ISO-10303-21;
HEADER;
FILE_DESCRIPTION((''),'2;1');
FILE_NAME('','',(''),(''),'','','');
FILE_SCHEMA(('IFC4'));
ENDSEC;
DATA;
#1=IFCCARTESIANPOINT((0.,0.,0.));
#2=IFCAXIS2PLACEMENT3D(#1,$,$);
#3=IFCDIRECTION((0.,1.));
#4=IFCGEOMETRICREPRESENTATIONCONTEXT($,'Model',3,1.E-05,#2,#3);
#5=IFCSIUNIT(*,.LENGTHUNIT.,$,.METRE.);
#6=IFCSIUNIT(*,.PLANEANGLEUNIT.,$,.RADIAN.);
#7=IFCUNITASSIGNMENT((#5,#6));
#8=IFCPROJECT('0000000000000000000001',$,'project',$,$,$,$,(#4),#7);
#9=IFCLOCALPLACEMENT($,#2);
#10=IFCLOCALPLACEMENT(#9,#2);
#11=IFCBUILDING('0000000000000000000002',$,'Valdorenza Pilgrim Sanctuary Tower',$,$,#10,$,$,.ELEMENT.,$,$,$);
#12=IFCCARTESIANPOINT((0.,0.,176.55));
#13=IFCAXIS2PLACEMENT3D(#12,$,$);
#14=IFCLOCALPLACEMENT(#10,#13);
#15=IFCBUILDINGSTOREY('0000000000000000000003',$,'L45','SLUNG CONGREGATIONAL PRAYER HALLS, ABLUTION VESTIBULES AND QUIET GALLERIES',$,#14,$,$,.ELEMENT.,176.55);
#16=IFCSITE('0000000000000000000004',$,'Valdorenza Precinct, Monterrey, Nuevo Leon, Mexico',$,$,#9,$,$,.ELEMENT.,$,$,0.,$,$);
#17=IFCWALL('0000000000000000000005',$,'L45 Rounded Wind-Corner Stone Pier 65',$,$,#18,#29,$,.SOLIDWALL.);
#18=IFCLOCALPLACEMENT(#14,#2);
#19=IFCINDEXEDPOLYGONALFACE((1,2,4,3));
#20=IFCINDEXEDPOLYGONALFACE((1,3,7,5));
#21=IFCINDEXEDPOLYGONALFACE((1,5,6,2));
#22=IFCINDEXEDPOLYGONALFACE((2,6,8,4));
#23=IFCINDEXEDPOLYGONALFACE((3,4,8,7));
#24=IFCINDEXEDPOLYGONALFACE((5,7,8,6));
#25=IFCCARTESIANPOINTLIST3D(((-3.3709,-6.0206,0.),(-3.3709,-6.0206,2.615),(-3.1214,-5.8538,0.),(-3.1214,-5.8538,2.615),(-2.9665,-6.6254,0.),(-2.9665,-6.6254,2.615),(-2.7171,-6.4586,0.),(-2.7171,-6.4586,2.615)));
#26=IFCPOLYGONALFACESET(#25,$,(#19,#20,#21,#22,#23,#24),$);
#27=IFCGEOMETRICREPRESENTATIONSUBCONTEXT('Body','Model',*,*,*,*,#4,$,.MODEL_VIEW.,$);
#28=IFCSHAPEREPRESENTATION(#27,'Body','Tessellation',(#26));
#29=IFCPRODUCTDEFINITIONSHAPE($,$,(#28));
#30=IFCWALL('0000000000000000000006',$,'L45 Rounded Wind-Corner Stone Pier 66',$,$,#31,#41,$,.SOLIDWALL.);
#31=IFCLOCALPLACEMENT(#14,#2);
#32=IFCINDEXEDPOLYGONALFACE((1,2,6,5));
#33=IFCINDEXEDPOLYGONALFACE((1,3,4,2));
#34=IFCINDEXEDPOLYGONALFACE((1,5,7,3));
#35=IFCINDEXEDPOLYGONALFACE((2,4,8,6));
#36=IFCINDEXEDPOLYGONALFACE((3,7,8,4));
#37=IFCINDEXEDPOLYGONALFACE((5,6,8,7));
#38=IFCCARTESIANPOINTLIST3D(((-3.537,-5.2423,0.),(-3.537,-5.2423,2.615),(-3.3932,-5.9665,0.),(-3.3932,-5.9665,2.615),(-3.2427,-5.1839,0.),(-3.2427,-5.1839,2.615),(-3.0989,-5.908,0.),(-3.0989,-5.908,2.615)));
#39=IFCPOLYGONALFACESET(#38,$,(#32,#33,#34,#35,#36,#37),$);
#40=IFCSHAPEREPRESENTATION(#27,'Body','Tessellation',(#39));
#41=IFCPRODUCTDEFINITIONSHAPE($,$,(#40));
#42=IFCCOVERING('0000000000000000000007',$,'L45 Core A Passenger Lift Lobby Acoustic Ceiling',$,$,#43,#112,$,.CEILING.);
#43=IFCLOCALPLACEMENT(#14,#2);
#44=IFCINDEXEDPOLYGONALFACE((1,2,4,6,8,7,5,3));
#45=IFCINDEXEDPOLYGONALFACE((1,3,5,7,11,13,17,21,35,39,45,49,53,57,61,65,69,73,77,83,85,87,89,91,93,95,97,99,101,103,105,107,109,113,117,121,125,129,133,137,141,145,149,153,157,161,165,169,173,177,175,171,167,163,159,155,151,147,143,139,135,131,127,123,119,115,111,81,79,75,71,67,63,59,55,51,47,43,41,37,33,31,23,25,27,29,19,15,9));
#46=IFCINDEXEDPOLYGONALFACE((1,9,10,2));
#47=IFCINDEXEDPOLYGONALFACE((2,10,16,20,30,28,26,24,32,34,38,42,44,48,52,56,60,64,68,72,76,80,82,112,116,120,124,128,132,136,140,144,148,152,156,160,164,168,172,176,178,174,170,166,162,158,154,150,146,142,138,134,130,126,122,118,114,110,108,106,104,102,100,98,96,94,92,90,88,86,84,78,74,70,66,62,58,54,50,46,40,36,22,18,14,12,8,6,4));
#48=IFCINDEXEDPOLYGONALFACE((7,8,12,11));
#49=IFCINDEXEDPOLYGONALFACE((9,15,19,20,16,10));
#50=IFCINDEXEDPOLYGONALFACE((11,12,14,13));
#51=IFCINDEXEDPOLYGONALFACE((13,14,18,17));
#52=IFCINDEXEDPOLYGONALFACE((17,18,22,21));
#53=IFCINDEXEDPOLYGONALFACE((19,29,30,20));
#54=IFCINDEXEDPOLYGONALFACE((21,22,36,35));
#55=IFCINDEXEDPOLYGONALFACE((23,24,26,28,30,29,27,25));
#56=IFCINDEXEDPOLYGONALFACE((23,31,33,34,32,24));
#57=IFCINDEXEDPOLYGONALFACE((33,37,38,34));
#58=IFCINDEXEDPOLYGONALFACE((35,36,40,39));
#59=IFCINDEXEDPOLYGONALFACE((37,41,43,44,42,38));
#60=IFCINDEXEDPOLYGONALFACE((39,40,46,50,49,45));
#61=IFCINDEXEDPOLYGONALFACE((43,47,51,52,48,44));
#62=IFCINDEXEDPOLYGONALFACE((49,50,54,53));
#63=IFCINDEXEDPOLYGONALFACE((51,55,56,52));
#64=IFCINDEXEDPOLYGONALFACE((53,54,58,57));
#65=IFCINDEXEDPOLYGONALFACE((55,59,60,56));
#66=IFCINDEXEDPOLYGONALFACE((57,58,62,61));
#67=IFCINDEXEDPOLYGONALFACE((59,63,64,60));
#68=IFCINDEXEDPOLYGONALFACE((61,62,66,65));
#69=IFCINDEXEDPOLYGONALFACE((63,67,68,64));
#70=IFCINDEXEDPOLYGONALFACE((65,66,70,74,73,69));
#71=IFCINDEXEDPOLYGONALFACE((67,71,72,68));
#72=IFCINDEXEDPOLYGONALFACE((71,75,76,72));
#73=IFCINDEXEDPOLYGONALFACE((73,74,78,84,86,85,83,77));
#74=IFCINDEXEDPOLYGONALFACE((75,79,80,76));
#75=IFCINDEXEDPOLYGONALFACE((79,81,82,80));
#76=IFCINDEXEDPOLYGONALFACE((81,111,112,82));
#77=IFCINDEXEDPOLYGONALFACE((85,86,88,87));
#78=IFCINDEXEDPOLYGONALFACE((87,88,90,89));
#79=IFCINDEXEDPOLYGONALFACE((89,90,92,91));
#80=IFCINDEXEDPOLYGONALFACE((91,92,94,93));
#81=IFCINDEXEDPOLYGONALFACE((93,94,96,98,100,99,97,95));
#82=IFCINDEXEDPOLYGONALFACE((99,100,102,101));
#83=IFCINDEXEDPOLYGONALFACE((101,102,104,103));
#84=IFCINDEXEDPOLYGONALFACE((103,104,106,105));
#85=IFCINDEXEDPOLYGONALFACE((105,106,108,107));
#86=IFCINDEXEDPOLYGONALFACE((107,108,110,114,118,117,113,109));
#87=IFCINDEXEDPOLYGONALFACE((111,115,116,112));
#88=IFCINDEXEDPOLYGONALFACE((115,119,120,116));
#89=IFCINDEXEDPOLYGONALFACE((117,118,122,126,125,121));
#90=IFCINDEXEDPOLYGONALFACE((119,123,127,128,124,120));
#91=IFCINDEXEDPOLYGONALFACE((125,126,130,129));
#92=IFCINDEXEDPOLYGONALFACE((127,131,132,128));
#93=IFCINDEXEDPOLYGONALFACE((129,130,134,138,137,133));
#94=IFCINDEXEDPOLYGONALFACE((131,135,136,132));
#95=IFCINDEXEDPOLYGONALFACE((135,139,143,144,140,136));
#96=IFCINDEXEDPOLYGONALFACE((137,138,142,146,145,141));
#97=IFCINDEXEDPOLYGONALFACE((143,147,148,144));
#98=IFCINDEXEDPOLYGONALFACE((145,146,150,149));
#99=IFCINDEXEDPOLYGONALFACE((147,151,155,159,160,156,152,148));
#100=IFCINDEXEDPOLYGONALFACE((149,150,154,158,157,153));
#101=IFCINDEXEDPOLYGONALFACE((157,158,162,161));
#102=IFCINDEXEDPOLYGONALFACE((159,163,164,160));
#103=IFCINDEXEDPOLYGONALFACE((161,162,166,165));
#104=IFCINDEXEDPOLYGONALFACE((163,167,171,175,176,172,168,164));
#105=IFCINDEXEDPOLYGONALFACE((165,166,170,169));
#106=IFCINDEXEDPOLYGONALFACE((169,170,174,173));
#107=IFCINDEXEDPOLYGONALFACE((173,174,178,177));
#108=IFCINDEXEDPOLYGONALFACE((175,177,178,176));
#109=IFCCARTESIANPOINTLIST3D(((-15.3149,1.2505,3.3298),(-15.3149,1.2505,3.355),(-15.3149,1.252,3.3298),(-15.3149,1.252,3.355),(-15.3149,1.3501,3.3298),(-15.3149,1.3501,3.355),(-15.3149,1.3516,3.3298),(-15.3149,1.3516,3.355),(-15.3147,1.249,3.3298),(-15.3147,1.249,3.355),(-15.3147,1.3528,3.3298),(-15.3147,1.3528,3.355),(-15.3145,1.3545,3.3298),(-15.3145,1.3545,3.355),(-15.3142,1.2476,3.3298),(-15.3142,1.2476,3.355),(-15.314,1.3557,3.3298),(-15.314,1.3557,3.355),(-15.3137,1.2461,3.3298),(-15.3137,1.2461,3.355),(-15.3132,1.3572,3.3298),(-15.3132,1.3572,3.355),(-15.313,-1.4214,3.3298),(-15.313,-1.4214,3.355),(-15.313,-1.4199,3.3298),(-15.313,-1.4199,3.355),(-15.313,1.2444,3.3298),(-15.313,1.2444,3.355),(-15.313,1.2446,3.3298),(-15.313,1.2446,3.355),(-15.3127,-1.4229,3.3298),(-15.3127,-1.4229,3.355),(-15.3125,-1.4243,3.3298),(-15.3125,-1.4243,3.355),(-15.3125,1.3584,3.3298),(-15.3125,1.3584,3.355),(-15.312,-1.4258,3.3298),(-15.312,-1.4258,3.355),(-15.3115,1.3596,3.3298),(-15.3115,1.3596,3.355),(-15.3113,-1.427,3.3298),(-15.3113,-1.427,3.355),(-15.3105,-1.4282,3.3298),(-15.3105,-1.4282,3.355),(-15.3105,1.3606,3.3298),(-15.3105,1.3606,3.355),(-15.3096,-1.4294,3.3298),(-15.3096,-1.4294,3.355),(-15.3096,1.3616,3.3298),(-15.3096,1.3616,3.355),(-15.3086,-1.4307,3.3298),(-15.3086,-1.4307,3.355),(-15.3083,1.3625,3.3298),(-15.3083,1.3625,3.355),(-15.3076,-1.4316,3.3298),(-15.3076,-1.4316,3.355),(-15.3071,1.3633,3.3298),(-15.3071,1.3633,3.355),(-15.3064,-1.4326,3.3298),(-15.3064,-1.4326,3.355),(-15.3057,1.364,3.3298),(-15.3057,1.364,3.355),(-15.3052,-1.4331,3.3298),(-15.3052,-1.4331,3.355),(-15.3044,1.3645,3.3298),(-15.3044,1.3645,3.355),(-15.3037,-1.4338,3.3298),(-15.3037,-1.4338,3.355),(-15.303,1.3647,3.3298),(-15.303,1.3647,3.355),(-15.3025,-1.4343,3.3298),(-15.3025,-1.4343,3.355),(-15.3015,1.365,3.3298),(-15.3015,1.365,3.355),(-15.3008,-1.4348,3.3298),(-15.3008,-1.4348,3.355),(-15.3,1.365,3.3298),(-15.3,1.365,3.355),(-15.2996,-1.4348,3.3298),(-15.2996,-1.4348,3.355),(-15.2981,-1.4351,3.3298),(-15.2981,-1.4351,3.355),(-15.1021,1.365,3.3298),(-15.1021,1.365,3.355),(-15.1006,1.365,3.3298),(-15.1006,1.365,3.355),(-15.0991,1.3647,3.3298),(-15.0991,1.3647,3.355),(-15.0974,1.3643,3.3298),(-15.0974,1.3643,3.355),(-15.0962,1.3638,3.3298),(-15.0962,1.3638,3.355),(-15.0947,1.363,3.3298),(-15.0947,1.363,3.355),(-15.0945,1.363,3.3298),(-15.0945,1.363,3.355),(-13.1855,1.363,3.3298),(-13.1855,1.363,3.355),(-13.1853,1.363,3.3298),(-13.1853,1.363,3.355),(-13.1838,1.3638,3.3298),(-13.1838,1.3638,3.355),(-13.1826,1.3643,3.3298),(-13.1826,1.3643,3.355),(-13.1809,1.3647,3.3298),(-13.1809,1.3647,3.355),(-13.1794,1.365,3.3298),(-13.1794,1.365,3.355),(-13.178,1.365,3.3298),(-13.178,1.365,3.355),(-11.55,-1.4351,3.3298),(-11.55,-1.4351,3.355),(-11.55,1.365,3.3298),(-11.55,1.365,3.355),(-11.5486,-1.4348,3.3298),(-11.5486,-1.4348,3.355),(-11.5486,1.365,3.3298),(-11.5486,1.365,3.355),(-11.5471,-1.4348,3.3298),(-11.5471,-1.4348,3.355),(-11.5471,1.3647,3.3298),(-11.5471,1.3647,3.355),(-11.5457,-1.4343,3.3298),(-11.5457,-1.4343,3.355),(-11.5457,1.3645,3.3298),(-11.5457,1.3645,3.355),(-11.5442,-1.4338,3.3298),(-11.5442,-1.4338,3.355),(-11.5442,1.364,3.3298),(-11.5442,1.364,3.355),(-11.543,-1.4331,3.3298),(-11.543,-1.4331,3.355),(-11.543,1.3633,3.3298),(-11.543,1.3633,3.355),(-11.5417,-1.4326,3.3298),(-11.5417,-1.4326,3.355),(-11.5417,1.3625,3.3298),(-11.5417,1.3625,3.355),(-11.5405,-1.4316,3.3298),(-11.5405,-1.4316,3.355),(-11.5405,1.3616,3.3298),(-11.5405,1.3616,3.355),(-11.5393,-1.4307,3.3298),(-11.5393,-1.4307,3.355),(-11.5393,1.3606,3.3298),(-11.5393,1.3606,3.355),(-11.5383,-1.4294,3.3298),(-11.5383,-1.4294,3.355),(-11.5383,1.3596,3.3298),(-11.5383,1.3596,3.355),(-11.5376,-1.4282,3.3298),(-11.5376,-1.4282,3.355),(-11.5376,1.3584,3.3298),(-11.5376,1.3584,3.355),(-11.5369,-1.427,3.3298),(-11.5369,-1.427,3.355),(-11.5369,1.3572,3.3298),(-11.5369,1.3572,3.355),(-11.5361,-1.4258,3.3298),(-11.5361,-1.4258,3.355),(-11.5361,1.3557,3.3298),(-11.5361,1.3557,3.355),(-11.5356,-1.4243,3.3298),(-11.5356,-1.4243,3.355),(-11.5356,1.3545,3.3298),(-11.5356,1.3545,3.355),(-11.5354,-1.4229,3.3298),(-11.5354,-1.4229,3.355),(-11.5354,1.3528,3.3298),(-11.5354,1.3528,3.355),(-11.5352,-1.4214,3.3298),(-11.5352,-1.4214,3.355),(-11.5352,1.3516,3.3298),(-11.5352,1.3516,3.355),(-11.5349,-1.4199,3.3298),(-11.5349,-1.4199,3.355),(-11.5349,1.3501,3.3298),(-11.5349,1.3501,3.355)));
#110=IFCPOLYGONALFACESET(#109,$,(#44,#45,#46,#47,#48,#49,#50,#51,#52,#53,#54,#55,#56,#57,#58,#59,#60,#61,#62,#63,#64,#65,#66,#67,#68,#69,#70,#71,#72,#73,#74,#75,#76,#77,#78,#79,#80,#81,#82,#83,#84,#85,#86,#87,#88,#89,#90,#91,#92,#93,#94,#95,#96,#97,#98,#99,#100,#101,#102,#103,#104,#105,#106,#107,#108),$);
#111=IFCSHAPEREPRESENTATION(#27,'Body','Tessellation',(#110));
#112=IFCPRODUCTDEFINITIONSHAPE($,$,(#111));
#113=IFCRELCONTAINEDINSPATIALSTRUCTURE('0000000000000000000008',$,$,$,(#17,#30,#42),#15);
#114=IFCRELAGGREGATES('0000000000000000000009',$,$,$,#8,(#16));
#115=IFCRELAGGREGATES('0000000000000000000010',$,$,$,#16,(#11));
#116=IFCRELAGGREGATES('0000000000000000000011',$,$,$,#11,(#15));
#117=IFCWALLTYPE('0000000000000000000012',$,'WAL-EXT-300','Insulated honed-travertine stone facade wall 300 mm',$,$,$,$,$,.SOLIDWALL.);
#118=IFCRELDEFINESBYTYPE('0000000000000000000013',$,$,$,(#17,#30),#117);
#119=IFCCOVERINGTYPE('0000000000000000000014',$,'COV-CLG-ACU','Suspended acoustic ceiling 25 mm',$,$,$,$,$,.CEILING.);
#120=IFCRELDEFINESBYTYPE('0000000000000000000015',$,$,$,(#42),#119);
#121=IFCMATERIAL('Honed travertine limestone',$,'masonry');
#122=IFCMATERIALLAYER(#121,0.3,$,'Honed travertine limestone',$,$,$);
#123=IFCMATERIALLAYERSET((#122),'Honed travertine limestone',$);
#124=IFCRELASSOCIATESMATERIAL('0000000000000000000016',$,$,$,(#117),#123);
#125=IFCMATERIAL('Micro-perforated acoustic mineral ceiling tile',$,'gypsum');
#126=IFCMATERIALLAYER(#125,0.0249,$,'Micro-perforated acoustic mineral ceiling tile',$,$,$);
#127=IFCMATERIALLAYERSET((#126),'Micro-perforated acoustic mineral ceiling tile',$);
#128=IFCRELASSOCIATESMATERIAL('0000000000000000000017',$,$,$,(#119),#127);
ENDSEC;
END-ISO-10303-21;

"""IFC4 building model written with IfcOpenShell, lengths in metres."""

from ifc_helpers import new_model, si_unit, direction, frame, frame_2d, origin, place, context, subcontext, project, spatial, polyline, rectangle, outline, extrude, material, layer, layer_set, type_object, element, save


model = new_model("IFC4")

# Units and contexts
model_context = context("Model", 3, precision=1e-05, world=origin(), true_north=direction((0.0, 1.0)))
body_context = subcontext(model_context, "Body", "Model", "MODEL_VIEW")
ifc_project = project(units=[si_unit("LENGTHUNIT", "METRE"), si_unit("PLANEANGLEUNIT", "RADIAN")], contexts=[model_context])

# Site, building, storey
site_placement = place(None, origin())
site = spatial("IfcSite", under=ifc_project, at=site_placement, Name="Valdorenza Precinct, Monterrey, Nuevo Leon, Mexico", CompositionType="ELEMENT", RefElevation=0.0)
building_placement = place(site_placement, origin())
building = spatial("IfcBuilding", under=site, at=building_placement, Name="Valdorenza Pilgrim Sanctuary Tower", CompositionType="ELEMENT")
storey_placement = place(building_placement, frame((0.0, 0.0, 176.55)))
storey = spatial("IfcBuildingStorey", under=building, at=storey_placement, Name="L45", Description="SLUNG CONGREGATIONAL PRAYER HALLS, ABLUTION VESTIBULES AND QUIET GALLERIES", CompositionType="ELEMENT", Elevation=176.55)

# Walls
ifc_material_1 = material(Name="Honed travertine limestone", Category="masonry")
ifc_layer_1 = layer(ifc_material_1, 0.3, Name="Honed travertine limestone")
ifc_layer_set_1 = layer_set([ifc_layer_1], Name="Honed travertine limestone")
wall_type = type_object("IfcWallType", Name="WAL-EXT-300", Description="Insulated honed-travertine stone facade wall 300 mm", PredefinedType="SOLIDWALL", material=ifc_layer_set_1)
wall_1_placement = place(storey_placement, frame((-2.8418, -6.542, 0.0), z_axis=(0.0, 0.0, 1.0), x_axis=(-0.555784, 0.831327, 0.0)))
element("IfcWall", 1, at=wall_1_placement, inside=storey, type_object=wall_type, Name="L45 Rounded Wind-Corner Stone Pier 65", PredefinedType="SOLIDWALL", context=body_context, shape_type="SweptSolid", body=[
    extrude(rectangle(XDim=0.7275, YDim=0.3, at=frame_2d((0.3638, 0.0))), origin(), (0.0, 0.0, 1.0), 2.615),
])
wall_2_placement = place(storey_placement, frame((-3.2461, -5.9373, 0.0), z_axis=(0.0, 0.0, 1.0), x_axis=(-0.19478, 0.980847, 0.0)))
element("IfcWall", 2, at=wall_2_placement, inside=storey, type_object=wall_type, Name="L45 Rounded Wind-Corner Stone Pier 66", PredefinedType="SOLIDWALL", context=body_context, shape_type="SweptSolid", body=[
    extrude(rectangle(XDim=0.7383, YDim=0.3, at=frame_2d((0.3691, 0.0))), origin(), (0.0, 0.0, 1.0), 2.615),
])

# Covering
ifc_material_2 = material(Name="Micro-perforated acoustic mineral ceiling tile", Category="gypsum")
ifc_layer_2 = layer(ifc_material_2, 0.0249, Name="Micro-perforated acoustic mineral ceiling tile")
ifc_layer_set_2 = layer_set([ifc_layer_2], Name="Micro-perforated acoustic mineral ceiling tile")
covering_type_1 = type_object("IfcCoveringType", Name="COV-CLG-ACU", Description="Suspended acoustic ceiling 25 mm", PredefinedType="CEILING", material=ifc_layer_set_2)
covering_1_placement = place(storey_placement, frame((0.0, 0.0, 3.3298)))
element("IfcCovering", 3, at=covering_1_placement, inside=storey, type_object=covering_type_1, Name="L45 Core A Passenger Lift Lobby Acoustic Ceiling", PredefinedType="CEILING", context=body_context, shape_type="SweptSolid", body=[
    extrude(outline(polyline([(-15.313, 1.2444), (-15.313, 1.2446), (-15.3137, 1.2461), (-15.3142, 1.2476), (-15.3147, 1.249), (-15.3149, 1.2505), (-15.3149, 1.252), (-15.3149, 1.3501), (-15.3149, 1.3516), (-15.3147, 1.3528), (-15.3145, 1.3545), (-15.314, 1.3557), (-15.3132, 1.3572), (-15.3125, 1.3584), (-15.3115, 1.3596), (-15.3105, 1.3606), (-15.3096, 1.3616), (-15.3083, 1.3625), (-15.3071, 1.3633), (-15.3057, 1.364), (-15.3044, 1.3645), (-15.303, 1.3647), (-15.3015, 1.365), (-15.3, 1.365), (-15.1021, 1.365), (-15.1006, 1.365), (-15.0991, 1.3647), (-15.0974, 1.3643), (-15.0962, 1.3638), (-15.0947, 1.363), (-15.0945, 1.363), (-13.1855, 1.363), (-13.1853, 1.363), (-13.1838, 1.3638), (-13.1826, 1.3643), (-13.1809, 1.3647), (-13.1794, 1.365), (-13.178, 1.365), (-11.55, 1.365), (-11.5486, 1.365), (-11.5471, 1.3647), (-11.5457, 1.3645), (-11.5442, 1.364), (-11.543, 1.3633), (-11.5417, 1.3625), (-11.5405, 1.3616), (-11.5393, 1.3606), (-11.5383, 1.3596), (-11.5376, 1.3584), (-11.5369, 1.3572), (-11.5361, 1.3557), (-11.5356, 1.3545), (-11.5354, 1.3528), (-11.5352, 1.3516), (-11.5349, 1.3501), (-11.5349, -1.4199), (-11.5352, -1.4214), (-11.5354, -1.4229), (-11.5356, -1.4243), (-11.5361, -1.4258), (-11.5369, -1.427), (-11.5376, -1.4282), (-11.5383, -1.4294), (-11.5393, -1.4307), (-11.5405, -1.4316), (-11.5417, -1.4326), (-11.543, -1.4331), (-11.5442, -1.4338), (-11.5457, -1.4343), (-11.5471, -1.4348), (-11.5486, -1.4348), (-11.55, -1.4351), (-15.2981, -1.4351), (-15.2996, -1.4348), (-15.3008, -1.4348), (-15.3025, -1.4343), (-15.3037, -1.4338), (-15.3052, -1.4331), (-15.3064, -1.4326), (-15.3076, -1.4316), (-15.3086, -1.4307), (-15.3096, -1.4294), (-15.3105, -1.4282), (-15.3113, -1.427), (-15.312, -1.4258), (-15.3125, -1.4243), (-15.3127, -1.4229), (-15.313, -1.4214), (-15.313, -1.4199), (-15.313, 1.2444)])), origin(), (0.0, 0.0, 1.0), 0.0251),
])

save(model, "model.ifc")
